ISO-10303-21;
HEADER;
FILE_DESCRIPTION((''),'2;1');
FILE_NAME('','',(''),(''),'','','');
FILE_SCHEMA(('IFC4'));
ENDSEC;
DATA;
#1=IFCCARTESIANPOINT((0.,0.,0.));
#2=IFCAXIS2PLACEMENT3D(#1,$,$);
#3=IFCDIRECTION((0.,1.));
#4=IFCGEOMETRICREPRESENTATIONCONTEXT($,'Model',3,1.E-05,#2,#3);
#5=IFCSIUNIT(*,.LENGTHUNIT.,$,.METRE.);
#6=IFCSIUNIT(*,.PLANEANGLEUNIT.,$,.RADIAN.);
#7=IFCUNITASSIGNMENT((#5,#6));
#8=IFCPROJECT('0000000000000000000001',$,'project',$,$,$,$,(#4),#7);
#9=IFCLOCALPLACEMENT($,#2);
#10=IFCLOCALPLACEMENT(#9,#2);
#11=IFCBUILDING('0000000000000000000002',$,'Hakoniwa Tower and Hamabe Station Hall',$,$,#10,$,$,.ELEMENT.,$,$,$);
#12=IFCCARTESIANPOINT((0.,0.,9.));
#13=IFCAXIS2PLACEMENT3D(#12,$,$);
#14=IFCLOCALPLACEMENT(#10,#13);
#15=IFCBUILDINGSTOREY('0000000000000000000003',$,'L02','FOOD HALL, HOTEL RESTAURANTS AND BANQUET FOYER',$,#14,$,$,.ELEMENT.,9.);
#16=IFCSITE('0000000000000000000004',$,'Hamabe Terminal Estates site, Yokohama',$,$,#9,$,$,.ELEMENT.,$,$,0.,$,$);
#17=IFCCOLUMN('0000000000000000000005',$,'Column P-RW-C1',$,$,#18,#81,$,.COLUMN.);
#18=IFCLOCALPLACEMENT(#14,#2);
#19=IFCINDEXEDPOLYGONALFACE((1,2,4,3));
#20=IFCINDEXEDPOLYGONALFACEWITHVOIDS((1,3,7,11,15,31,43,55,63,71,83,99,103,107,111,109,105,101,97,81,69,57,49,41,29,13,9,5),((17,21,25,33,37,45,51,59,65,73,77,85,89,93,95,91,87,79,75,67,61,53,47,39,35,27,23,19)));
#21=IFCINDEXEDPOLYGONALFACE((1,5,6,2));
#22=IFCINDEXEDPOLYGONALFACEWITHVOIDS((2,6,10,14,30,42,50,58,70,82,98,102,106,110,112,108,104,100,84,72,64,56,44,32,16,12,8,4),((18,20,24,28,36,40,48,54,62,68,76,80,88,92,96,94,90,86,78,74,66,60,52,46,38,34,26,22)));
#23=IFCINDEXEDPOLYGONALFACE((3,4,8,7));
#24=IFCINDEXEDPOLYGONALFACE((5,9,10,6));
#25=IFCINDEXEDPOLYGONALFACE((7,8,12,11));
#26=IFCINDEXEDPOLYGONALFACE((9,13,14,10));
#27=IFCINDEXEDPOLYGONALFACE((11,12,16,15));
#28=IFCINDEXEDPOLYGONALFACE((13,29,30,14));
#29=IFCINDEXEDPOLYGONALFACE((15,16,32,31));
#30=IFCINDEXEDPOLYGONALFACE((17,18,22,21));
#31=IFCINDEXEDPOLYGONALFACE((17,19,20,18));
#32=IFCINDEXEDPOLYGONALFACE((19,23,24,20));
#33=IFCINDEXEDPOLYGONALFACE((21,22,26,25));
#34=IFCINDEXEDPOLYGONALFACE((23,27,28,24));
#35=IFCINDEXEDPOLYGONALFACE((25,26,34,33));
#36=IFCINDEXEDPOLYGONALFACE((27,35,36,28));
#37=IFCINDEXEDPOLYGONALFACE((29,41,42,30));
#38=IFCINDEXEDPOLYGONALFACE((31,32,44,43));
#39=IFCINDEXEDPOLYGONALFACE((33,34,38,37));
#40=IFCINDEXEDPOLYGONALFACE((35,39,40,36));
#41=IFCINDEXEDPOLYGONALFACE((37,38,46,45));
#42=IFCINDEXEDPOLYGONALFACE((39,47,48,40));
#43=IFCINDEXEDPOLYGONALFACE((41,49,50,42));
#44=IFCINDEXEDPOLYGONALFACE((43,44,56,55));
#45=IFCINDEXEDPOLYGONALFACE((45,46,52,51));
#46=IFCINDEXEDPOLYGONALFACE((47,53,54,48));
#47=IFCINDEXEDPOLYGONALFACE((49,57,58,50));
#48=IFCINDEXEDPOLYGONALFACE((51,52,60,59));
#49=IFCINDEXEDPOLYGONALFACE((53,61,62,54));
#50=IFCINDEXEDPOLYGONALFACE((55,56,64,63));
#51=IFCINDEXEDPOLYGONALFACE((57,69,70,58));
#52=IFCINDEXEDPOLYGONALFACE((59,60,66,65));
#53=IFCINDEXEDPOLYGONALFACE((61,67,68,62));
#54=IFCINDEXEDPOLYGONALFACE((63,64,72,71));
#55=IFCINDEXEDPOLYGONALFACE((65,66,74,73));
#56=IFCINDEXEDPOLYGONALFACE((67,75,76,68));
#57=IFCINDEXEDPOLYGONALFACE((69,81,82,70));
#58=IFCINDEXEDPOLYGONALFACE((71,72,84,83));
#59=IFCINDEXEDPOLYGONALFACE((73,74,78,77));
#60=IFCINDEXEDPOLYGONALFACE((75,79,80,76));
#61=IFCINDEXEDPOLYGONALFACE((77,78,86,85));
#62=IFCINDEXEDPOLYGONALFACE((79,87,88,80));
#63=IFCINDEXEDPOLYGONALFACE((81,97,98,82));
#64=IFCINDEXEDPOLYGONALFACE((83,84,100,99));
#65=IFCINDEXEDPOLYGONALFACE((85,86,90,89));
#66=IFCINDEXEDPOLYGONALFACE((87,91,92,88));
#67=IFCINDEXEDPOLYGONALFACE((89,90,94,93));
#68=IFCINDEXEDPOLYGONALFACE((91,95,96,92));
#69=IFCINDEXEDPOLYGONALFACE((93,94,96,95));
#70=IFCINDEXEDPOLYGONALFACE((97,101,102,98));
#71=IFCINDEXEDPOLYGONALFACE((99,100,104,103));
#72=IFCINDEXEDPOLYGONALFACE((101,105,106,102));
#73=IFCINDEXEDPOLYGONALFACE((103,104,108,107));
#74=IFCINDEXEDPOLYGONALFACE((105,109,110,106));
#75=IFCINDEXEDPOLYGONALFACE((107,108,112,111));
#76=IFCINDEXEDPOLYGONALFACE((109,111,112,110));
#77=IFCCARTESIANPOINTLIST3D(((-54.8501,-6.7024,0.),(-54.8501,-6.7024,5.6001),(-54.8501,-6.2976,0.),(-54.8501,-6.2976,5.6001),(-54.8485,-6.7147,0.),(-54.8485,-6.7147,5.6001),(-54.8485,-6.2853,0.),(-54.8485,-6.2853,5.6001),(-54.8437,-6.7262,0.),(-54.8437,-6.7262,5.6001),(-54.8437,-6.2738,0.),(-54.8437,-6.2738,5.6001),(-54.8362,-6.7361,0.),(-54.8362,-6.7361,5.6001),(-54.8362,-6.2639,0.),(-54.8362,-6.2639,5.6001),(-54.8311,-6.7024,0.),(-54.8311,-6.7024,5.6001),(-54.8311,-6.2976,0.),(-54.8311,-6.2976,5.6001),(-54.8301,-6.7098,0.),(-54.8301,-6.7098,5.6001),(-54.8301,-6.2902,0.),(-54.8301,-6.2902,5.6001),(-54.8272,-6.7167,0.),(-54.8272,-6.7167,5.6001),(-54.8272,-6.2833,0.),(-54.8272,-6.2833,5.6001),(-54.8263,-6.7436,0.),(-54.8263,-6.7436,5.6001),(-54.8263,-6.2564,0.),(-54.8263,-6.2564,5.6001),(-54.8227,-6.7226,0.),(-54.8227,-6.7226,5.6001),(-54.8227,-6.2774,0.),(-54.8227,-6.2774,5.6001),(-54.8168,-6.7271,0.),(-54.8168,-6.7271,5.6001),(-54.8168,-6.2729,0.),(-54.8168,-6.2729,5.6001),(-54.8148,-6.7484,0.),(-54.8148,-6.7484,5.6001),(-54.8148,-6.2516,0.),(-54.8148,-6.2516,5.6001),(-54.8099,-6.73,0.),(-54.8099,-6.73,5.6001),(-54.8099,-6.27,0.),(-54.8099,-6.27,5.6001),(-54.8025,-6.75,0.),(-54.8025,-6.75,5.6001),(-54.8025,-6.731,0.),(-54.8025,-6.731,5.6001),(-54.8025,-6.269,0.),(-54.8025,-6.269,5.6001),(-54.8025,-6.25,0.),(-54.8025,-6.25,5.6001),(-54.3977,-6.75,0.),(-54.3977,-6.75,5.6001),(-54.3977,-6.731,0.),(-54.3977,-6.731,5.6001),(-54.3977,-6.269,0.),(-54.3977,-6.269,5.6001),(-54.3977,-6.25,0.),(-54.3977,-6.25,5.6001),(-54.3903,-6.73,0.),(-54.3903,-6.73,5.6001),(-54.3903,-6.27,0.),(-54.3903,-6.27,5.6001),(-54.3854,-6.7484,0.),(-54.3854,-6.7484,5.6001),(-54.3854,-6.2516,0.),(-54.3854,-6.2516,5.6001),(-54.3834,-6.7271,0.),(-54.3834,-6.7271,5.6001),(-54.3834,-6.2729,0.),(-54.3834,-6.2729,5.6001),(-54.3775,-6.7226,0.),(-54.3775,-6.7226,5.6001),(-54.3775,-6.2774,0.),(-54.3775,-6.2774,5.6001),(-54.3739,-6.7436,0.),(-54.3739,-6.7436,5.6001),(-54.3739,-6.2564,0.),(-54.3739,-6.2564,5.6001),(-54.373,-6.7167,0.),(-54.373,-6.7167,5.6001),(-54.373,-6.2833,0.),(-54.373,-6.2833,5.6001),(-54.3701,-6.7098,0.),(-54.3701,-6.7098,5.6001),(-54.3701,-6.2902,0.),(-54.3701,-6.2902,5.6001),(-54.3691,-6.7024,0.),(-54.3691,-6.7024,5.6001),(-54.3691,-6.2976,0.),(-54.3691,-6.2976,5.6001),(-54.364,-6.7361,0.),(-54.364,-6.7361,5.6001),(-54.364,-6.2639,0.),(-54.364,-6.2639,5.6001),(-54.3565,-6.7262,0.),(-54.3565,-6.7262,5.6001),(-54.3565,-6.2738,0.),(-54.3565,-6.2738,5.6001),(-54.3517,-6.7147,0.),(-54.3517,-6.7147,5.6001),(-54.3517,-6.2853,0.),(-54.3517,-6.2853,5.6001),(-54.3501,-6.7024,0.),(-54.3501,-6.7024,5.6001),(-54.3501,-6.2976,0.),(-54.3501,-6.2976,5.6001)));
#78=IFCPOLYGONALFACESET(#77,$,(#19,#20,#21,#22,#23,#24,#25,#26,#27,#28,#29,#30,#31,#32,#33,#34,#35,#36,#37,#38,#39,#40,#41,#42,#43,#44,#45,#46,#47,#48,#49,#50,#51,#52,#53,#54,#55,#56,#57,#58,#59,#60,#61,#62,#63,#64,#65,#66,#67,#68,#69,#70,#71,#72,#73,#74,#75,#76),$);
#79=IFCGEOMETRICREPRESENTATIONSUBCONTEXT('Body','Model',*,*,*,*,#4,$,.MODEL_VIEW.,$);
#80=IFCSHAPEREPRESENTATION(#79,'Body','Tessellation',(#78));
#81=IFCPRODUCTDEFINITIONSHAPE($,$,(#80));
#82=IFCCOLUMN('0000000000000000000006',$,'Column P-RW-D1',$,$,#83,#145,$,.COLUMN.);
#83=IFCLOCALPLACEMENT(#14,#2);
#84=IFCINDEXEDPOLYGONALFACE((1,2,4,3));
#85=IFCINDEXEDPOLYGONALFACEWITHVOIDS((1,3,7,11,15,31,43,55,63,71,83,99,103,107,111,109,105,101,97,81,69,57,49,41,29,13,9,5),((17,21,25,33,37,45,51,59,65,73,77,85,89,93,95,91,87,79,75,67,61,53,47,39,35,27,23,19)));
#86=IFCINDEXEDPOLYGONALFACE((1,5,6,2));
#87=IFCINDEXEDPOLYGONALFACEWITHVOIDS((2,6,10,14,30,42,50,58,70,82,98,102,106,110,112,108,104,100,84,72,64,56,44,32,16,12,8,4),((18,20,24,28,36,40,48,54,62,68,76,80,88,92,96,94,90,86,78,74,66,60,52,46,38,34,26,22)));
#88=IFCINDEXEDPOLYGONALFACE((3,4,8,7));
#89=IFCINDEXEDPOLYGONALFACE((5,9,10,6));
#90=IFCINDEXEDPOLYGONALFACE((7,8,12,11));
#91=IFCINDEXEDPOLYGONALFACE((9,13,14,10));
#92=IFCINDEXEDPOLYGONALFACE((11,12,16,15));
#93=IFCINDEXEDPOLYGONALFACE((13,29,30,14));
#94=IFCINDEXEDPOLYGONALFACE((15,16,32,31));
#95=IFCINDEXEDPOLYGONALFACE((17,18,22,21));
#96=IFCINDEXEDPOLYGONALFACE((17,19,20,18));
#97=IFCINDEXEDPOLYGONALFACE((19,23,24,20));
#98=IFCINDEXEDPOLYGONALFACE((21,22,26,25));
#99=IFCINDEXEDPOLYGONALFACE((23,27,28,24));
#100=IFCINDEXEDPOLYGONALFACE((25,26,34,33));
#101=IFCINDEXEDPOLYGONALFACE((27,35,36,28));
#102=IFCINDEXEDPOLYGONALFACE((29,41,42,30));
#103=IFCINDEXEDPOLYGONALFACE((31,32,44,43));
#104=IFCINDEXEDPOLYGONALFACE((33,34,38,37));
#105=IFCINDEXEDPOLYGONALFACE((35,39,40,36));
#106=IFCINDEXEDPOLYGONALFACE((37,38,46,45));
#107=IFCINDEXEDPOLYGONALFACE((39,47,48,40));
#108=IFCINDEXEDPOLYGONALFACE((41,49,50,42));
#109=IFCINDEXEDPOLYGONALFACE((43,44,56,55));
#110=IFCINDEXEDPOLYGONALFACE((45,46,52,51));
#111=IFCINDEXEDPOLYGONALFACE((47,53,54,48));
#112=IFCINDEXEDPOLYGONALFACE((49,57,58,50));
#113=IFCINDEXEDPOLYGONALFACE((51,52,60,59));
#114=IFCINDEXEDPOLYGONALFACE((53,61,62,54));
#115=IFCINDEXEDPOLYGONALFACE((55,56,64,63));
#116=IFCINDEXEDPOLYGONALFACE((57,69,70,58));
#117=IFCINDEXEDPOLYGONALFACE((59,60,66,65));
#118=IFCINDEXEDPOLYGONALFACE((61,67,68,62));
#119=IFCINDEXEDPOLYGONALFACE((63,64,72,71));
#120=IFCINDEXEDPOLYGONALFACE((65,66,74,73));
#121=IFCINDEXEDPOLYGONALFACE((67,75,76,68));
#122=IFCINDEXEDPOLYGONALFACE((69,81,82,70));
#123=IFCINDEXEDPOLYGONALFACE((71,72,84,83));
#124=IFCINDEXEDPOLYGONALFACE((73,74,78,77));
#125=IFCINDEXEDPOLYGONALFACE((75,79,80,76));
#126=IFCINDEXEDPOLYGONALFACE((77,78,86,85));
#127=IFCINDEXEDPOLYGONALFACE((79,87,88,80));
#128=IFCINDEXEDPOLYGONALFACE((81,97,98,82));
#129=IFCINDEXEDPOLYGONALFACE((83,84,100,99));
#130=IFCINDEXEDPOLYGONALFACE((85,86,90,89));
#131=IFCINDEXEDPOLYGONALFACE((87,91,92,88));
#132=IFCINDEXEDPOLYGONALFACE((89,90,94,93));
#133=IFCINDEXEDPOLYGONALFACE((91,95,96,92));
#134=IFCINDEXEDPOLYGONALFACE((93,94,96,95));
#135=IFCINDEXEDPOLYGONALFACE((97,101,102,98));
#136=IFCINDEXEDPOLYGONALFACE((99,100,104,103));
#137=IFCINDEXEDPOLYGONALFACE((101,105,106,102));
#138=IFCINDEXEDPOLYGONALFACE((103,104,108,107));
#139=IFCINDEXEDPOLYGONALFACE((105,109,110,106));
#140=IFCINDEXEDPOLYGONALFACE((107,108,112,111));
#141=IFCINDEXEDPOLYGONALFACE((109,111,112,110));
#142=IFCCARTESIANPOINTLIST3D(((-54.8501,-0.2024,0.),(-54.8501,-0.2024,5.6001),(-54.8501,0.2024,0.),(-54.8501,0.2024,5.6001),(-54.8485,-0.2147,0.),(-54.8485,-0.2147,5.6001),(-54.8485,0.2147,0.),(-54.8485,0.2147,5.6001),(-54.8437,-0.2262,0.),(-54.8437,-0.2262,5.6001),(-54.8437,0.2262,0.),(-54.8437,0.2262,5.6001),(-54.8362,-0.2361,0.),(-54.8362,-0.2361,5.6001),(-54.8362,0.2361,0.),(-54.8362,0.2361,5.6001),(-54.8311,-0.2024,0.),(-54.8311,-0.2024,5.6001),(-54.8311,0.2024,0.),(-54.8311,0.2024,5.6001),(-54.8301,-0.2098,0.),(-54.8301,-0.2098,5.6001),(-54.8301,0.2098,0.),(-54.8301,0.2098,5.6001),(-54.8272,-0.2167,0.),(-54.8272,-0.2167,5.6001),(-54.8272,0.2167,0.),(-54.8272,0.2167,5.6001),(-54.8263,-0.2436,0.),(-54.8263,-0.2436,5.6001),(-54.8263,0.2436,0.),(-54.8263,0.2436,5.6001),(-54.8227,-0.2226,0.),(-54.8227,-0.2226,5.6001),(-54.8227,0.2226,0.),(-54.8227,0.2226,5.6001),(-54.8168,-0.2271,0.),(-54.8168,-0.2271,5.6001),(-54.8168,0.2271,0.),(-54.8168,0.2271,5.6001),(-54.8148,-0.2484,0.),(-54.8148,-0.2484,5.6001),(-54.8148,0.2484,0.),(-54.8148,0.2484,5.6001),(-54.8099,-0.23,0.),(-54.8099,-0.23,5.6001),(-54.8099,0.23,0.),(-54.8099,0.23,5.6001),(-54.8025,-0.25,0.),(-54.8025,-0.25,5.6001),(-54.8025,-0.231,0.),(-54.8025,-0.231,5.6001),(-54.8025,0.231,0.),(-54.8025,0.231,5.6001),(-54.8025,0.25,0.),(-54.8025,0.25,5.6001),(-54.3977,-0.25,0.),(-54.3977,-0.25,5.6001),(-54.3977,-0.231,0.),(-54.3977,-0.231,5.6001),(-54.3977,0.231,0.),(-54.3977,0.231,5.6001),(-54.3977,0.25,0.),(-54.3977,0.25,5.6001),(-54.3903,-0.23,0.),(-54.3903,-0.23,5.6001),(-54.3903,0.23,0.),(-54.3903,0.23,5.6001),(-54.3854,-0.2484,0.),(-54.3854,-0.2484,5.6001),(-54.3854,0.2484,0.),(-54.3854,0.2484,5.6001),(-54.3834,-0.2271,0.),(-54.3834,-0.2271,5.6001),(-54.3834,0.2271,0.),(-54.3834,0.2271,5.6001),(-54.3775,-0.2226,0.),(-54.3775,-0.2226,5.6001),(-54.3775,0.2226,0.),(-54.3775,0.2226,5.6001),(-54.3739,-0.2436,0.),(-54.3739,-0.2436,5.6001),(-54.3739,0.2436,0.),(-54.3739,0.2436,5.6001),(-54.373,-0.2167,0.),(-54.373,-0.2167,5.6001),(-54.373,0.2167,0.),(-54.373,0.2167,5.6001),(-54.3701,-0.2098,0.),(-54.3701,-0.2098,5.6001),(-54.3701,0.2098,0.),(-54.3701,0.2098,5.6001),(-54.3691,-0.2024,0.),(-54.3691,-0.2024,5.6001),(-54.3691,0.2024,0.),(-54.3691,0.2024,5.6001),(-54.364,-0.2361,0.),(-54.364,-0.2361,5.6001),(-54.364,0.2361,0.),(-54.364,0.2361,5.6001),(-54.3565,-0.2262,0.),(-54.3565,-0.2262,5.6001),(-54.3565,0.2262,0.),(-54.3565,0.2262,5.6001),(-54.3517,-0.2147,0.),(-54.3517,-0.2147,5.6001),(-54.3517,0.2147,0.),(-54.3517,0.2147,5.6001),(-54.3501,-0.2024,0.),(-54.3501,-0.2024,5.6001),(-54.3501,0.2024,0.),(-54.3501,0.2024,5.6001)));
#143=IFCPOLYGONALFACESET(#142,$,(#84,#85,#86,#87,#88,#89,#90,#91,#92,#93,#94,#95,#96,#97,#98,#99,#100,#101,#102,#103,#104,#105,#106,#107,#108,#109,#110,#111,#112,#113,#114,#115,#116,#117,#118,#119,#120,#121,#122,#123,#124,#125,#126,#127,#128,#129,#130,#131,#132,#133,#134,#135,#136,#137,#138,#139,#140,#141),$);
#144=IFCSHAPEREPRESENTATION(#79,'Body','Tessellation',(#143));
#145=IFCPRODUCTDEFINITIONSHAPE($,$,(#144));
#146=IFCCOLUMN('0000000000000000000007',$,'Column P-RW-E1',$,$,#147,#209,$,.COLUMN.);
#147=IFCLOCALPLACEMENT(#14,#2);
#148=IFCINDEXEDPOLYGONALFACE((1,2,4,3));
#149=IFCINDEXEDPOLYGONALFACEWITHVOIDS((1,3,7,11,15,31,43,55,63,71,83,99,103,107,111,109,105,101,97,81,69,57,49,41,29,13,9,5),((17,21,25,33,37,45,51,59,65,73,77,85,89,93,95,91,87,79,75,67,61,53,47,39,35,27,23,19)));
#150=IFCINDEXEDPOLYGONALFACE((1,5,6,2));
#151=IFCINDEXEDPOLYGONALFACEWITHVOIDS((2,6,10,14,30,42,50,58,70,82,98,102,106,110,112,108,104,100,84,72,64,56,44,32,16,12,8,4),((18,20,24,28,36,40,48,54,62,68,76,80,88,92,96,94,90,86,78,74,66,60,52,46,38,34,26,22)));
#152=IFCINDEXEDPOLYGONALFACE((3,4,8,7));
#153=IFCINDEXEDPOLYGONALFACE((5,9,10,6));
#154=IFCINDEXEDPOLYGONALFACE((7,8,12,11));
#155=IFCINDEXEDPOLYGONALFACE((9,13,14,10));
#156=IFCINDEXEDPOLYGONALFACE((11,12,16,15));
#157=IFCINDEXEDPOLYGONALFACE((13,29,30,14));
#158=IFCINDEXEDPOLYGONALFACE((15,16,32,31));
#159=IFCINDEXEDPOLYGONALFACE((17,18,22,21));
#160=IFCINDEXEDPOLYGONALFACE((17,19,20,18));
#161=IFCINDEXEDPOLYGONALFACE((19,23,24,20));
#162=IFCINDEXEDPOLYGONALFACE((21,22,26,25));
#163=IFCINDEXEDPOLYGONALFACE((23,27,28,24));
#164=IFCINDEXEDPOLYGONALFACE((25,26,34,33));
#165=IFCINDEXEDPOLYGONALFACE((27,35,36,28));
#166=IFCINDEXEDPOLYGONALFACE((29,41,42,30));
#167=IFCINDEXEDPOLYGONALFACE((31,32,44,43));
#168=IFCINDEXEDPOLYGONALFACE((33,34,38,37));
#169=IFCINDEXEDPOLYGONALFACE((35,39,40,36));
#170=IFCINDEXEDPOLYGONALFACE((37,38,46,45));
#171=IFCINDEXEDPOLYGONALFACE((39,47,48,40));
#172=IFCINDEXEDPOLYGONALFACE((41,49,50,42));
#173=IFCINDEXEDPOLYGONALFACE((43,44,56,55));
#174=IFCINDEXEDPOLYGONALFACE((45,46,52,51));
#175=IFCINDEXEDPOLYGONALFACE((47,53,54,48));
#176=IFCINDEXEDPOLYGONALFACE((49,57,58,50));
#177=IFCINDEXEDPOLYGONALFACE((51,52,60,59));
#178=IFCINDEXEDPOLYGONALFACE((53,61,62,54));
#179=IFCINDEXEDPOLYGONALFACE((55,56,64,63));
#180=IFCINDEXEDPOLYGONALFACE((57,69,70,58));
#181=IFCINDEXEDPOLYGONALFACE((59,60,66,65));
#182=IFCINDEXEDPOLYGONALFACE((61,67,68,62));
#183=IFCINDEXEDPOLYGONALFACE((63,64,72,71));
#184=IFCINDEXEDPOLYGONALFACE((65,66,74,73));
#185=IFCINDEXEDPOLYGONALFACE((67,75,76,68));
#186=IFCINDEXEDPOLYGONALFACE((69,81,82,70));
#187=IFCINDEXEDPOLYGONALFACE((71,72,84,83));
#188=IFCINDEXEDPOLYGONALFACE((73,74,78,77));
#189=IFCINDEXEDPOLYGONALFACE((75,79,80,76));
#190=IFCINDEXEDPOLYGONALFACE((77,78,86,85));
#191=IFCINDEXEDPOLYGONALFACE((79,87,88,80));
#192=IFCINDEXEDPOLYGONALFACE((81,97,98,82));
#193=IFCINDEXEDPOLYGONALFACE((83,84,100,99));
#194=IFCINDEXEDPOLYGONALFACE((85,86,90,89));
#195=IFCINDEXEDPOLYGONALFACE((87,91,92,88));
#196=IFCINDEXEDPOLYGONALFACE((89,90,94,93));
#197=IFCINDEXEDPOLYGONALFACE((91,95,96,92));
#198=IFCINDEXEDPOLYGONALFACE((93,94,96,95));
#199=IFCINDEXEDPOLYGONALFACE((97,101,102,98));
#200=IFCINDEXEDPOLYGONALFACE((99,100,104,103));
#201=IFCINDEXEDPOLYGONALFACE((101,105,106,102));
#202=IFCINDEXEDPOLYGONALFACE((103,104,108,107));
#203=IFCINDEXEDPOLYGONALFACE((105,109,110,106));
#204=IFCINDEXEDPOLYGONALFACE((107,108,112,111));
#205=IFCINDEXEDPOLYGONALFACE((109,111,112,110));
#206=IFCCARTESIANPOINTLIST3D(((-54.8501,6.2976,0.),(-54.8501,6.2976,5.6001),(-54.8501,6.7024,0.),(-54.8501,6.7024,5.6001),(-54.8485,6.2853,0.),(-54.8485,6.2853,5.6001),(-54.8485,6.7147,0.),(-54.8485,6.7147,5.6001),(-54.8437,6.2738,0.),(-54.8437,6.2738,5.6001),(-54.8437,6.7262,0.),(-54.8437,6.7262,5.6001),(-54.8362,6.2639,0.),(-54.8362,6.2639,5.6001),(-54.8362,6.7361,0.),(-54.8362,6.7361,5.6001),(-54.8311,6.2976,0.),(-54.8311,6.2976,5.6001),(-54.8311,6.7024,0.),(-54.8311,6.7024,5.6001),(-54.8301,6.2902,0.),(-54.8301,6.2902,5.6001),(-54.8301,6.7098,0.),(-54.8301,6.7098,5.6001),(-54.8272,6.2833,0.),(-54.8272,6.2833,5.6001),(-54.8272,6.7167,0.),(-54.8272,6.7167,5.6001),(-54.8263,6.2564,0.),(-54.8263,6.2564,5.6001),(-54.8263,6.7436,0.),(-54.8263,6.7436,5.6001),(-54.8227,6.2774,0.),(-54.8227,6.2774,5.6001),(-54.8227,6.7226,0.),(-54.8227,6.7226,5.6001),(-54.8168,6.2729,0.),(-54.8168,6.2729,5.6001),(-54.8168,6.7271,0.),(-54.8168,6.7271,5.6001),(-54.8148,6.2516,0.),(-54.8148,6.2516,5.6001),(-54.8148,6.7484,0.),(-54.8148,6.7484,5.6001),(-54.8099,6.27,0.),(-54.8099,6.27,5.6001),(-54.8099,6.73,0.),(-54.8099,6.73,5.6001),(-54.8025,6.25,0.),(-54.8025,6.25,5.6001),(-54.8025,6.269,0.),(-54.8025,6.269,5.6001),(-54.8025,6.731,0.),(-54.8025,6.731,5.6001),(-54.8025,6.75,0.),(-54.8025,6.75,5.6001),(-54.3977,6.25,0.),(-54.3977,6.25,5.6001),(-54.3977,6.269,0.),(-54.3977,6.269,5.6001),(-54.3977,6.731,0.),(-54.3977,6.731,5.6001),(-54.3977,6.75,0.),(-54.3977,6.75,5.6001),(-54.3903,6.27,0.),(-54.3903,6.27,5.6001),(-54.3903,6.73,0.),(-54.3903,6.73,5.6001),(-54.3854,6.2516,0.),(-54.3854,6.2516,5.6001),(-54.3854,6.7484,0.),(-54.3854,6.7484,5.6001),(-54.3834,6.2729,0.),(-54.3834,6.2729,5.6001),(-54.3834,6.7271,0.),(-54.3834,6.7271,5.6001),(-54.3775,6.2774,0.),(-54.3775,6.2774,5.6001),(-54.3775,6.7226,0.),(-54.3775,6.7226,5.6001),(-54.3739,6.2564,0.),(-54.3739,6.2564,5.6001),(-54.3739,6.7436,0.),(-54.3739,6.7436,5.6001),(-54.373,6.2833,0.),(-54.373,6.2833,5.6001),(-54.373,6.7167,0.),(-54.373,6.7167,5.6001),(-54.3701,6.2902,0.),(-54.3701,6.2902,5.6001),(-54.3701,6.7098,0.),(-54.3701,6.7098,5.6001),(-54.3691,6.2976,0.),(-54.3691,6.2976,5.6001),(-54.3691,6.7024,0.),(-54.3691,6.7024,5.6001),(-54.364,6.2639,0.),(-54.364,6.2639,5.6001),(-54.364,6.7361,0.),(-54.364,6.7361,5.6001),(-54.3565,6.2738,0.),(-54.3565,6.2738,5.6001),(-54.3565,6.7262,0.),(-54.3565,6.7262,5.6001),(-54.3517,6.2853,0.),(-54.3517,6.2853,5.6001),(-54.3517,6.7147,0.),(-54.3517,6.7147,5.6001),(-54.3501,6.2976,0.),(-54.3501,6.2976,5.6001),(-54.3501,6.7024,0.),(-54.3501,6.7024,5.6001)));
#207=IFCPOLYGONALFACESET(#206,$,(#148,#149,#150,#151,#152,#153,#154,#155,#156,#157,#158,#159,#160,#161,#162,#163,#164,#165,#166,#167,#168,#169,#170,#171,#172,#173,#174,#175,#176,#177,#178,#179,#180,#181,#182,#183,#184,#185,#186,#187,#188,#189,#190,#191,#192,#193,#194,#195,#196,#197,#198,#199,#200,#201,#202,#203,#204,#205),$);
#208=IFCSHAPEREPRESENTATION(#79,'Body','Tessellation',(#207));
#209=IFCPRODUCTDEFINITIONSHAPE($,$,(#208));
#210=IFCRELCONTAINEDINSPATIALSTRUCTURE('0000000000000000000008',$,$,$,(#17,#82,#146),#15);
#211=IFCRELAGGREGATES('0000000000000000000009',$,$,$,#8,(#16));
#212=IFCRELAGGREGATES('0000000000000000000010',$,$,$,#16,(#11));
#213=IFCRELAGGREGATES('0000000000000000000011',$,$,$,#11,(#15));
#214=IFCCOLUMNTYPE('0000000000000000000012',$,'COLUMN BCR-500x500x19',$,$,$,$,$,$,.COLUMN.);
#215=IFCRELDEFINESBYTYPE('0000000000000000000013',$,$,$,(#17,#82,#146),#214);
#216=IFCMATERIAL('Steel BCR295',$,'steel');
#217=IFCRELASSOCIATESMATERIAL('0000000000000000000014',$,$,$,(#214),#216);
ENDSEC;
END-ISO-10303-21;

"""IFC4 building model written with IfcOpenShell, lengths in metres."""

from ifc_helpers import new_model, si_unit, direction, frame, origin, origin_2d, place, context, subcontext, project, spatial, hollow_rectangle, extrude, material, material_profile, profile_set, type_object, element, save


model = new_model("IFC4")

# Units and contexts
model_context = context("Model", 3, precision=1e-05, world=origin(), true_north=direction((0.0, 1.0)))
body_context = subcontext(model_context, "Body", "Model", "MODEL_VIEW")
ifc_project = project(units=[si_unit("LENGTHUNIT", "METRE"), si_unit("PLANEANGLEUNIT", "RADIAN")], contexts=[model_context])

# Site, building, storey
site_placement = place(None, origin())
site = spatial("IfcSite", under=ifc_project, at=site_placement, Name="Hamabe Terminal Estates site, Yokohama", CompositionType="ELEMENT", RefElevation=0.0)
building_placement = place(site_placement, origin())
building = spatial("IfcBuilding", under=site, at=building_placement, Name="Hakoniwa Tower and Hamabe Station Hall", CompositionType="ELEMENT")
storey_placement = place(building_placement, frame((0.0, 0.0, 9.0)))
storey = spatial("IfcBuildingStorey", under=building, at=storey_placement, Name="L02", Description="FOOD HALL, HOTEL RESTAURANTS AND BANQUET FOYER", CompositionType="ELEMENT", Elevation=9.0)

# Columns
ifc_material_1 = material(Name="Steel BCR295", Category="steel")
ifc_material_profile_1 = material_profile(ifc_material_1, hollow_rectangle(XDim=0.5, YDim=0.5, WallThickness=0.019, InnerFilletRadius=0.0286, OuterFilletRadius=0.0476, at=origin_2d()), Name="BCR-500x500x19")
ifc_profile_set_1 = profile_set([ifc_material_profile_1], Name="Steel BCR295")
column_type_1 = type_object("IfcColumnType", Name="COLUMN BCR-500x500x19", PredefinedType="COLUMN", material=ifc_profile_set_1)
for number, where, z_axis, x_axis, name in (
    (1, (-54.6001, -6.5, 0.0), (0.0, 0.0, 1.0), (1.0, 0.0, 0.0), "Column P-RW-C1"),
    (2, (-54.6001, 0.0, 0.0), (0.0, 0.0, 1.0), (1.0, 0.0, 0.0), "Column P-RW-D1"),
    (3, (-54.6001, 6.5, 0.0), (0.0, 0.0, 1.0), (1.0, 0.0, 0.0), "Column P-RW-E1"),
):
    element("IfcColumn", number, at=place(storey_placement, frame(where, z_axis=z_axis, x_axis=x_axis)), inside=storey, type_object=column_type_1, Name=name, PredefinedType="COLUMN", context=body_context, shape_type="SweptSolid", body=[
        extrude(hollow_rectangle(XDim=0.5, YDim=0.5, WallThickness=0.019, InnerFilletRadius=0.0286, OuterFilletRadius=0.0476, at=origin_2d()), origin(), (0.0, 0.0, 1.0), 5.6001),
    ])

save(model, "model.ifc")
